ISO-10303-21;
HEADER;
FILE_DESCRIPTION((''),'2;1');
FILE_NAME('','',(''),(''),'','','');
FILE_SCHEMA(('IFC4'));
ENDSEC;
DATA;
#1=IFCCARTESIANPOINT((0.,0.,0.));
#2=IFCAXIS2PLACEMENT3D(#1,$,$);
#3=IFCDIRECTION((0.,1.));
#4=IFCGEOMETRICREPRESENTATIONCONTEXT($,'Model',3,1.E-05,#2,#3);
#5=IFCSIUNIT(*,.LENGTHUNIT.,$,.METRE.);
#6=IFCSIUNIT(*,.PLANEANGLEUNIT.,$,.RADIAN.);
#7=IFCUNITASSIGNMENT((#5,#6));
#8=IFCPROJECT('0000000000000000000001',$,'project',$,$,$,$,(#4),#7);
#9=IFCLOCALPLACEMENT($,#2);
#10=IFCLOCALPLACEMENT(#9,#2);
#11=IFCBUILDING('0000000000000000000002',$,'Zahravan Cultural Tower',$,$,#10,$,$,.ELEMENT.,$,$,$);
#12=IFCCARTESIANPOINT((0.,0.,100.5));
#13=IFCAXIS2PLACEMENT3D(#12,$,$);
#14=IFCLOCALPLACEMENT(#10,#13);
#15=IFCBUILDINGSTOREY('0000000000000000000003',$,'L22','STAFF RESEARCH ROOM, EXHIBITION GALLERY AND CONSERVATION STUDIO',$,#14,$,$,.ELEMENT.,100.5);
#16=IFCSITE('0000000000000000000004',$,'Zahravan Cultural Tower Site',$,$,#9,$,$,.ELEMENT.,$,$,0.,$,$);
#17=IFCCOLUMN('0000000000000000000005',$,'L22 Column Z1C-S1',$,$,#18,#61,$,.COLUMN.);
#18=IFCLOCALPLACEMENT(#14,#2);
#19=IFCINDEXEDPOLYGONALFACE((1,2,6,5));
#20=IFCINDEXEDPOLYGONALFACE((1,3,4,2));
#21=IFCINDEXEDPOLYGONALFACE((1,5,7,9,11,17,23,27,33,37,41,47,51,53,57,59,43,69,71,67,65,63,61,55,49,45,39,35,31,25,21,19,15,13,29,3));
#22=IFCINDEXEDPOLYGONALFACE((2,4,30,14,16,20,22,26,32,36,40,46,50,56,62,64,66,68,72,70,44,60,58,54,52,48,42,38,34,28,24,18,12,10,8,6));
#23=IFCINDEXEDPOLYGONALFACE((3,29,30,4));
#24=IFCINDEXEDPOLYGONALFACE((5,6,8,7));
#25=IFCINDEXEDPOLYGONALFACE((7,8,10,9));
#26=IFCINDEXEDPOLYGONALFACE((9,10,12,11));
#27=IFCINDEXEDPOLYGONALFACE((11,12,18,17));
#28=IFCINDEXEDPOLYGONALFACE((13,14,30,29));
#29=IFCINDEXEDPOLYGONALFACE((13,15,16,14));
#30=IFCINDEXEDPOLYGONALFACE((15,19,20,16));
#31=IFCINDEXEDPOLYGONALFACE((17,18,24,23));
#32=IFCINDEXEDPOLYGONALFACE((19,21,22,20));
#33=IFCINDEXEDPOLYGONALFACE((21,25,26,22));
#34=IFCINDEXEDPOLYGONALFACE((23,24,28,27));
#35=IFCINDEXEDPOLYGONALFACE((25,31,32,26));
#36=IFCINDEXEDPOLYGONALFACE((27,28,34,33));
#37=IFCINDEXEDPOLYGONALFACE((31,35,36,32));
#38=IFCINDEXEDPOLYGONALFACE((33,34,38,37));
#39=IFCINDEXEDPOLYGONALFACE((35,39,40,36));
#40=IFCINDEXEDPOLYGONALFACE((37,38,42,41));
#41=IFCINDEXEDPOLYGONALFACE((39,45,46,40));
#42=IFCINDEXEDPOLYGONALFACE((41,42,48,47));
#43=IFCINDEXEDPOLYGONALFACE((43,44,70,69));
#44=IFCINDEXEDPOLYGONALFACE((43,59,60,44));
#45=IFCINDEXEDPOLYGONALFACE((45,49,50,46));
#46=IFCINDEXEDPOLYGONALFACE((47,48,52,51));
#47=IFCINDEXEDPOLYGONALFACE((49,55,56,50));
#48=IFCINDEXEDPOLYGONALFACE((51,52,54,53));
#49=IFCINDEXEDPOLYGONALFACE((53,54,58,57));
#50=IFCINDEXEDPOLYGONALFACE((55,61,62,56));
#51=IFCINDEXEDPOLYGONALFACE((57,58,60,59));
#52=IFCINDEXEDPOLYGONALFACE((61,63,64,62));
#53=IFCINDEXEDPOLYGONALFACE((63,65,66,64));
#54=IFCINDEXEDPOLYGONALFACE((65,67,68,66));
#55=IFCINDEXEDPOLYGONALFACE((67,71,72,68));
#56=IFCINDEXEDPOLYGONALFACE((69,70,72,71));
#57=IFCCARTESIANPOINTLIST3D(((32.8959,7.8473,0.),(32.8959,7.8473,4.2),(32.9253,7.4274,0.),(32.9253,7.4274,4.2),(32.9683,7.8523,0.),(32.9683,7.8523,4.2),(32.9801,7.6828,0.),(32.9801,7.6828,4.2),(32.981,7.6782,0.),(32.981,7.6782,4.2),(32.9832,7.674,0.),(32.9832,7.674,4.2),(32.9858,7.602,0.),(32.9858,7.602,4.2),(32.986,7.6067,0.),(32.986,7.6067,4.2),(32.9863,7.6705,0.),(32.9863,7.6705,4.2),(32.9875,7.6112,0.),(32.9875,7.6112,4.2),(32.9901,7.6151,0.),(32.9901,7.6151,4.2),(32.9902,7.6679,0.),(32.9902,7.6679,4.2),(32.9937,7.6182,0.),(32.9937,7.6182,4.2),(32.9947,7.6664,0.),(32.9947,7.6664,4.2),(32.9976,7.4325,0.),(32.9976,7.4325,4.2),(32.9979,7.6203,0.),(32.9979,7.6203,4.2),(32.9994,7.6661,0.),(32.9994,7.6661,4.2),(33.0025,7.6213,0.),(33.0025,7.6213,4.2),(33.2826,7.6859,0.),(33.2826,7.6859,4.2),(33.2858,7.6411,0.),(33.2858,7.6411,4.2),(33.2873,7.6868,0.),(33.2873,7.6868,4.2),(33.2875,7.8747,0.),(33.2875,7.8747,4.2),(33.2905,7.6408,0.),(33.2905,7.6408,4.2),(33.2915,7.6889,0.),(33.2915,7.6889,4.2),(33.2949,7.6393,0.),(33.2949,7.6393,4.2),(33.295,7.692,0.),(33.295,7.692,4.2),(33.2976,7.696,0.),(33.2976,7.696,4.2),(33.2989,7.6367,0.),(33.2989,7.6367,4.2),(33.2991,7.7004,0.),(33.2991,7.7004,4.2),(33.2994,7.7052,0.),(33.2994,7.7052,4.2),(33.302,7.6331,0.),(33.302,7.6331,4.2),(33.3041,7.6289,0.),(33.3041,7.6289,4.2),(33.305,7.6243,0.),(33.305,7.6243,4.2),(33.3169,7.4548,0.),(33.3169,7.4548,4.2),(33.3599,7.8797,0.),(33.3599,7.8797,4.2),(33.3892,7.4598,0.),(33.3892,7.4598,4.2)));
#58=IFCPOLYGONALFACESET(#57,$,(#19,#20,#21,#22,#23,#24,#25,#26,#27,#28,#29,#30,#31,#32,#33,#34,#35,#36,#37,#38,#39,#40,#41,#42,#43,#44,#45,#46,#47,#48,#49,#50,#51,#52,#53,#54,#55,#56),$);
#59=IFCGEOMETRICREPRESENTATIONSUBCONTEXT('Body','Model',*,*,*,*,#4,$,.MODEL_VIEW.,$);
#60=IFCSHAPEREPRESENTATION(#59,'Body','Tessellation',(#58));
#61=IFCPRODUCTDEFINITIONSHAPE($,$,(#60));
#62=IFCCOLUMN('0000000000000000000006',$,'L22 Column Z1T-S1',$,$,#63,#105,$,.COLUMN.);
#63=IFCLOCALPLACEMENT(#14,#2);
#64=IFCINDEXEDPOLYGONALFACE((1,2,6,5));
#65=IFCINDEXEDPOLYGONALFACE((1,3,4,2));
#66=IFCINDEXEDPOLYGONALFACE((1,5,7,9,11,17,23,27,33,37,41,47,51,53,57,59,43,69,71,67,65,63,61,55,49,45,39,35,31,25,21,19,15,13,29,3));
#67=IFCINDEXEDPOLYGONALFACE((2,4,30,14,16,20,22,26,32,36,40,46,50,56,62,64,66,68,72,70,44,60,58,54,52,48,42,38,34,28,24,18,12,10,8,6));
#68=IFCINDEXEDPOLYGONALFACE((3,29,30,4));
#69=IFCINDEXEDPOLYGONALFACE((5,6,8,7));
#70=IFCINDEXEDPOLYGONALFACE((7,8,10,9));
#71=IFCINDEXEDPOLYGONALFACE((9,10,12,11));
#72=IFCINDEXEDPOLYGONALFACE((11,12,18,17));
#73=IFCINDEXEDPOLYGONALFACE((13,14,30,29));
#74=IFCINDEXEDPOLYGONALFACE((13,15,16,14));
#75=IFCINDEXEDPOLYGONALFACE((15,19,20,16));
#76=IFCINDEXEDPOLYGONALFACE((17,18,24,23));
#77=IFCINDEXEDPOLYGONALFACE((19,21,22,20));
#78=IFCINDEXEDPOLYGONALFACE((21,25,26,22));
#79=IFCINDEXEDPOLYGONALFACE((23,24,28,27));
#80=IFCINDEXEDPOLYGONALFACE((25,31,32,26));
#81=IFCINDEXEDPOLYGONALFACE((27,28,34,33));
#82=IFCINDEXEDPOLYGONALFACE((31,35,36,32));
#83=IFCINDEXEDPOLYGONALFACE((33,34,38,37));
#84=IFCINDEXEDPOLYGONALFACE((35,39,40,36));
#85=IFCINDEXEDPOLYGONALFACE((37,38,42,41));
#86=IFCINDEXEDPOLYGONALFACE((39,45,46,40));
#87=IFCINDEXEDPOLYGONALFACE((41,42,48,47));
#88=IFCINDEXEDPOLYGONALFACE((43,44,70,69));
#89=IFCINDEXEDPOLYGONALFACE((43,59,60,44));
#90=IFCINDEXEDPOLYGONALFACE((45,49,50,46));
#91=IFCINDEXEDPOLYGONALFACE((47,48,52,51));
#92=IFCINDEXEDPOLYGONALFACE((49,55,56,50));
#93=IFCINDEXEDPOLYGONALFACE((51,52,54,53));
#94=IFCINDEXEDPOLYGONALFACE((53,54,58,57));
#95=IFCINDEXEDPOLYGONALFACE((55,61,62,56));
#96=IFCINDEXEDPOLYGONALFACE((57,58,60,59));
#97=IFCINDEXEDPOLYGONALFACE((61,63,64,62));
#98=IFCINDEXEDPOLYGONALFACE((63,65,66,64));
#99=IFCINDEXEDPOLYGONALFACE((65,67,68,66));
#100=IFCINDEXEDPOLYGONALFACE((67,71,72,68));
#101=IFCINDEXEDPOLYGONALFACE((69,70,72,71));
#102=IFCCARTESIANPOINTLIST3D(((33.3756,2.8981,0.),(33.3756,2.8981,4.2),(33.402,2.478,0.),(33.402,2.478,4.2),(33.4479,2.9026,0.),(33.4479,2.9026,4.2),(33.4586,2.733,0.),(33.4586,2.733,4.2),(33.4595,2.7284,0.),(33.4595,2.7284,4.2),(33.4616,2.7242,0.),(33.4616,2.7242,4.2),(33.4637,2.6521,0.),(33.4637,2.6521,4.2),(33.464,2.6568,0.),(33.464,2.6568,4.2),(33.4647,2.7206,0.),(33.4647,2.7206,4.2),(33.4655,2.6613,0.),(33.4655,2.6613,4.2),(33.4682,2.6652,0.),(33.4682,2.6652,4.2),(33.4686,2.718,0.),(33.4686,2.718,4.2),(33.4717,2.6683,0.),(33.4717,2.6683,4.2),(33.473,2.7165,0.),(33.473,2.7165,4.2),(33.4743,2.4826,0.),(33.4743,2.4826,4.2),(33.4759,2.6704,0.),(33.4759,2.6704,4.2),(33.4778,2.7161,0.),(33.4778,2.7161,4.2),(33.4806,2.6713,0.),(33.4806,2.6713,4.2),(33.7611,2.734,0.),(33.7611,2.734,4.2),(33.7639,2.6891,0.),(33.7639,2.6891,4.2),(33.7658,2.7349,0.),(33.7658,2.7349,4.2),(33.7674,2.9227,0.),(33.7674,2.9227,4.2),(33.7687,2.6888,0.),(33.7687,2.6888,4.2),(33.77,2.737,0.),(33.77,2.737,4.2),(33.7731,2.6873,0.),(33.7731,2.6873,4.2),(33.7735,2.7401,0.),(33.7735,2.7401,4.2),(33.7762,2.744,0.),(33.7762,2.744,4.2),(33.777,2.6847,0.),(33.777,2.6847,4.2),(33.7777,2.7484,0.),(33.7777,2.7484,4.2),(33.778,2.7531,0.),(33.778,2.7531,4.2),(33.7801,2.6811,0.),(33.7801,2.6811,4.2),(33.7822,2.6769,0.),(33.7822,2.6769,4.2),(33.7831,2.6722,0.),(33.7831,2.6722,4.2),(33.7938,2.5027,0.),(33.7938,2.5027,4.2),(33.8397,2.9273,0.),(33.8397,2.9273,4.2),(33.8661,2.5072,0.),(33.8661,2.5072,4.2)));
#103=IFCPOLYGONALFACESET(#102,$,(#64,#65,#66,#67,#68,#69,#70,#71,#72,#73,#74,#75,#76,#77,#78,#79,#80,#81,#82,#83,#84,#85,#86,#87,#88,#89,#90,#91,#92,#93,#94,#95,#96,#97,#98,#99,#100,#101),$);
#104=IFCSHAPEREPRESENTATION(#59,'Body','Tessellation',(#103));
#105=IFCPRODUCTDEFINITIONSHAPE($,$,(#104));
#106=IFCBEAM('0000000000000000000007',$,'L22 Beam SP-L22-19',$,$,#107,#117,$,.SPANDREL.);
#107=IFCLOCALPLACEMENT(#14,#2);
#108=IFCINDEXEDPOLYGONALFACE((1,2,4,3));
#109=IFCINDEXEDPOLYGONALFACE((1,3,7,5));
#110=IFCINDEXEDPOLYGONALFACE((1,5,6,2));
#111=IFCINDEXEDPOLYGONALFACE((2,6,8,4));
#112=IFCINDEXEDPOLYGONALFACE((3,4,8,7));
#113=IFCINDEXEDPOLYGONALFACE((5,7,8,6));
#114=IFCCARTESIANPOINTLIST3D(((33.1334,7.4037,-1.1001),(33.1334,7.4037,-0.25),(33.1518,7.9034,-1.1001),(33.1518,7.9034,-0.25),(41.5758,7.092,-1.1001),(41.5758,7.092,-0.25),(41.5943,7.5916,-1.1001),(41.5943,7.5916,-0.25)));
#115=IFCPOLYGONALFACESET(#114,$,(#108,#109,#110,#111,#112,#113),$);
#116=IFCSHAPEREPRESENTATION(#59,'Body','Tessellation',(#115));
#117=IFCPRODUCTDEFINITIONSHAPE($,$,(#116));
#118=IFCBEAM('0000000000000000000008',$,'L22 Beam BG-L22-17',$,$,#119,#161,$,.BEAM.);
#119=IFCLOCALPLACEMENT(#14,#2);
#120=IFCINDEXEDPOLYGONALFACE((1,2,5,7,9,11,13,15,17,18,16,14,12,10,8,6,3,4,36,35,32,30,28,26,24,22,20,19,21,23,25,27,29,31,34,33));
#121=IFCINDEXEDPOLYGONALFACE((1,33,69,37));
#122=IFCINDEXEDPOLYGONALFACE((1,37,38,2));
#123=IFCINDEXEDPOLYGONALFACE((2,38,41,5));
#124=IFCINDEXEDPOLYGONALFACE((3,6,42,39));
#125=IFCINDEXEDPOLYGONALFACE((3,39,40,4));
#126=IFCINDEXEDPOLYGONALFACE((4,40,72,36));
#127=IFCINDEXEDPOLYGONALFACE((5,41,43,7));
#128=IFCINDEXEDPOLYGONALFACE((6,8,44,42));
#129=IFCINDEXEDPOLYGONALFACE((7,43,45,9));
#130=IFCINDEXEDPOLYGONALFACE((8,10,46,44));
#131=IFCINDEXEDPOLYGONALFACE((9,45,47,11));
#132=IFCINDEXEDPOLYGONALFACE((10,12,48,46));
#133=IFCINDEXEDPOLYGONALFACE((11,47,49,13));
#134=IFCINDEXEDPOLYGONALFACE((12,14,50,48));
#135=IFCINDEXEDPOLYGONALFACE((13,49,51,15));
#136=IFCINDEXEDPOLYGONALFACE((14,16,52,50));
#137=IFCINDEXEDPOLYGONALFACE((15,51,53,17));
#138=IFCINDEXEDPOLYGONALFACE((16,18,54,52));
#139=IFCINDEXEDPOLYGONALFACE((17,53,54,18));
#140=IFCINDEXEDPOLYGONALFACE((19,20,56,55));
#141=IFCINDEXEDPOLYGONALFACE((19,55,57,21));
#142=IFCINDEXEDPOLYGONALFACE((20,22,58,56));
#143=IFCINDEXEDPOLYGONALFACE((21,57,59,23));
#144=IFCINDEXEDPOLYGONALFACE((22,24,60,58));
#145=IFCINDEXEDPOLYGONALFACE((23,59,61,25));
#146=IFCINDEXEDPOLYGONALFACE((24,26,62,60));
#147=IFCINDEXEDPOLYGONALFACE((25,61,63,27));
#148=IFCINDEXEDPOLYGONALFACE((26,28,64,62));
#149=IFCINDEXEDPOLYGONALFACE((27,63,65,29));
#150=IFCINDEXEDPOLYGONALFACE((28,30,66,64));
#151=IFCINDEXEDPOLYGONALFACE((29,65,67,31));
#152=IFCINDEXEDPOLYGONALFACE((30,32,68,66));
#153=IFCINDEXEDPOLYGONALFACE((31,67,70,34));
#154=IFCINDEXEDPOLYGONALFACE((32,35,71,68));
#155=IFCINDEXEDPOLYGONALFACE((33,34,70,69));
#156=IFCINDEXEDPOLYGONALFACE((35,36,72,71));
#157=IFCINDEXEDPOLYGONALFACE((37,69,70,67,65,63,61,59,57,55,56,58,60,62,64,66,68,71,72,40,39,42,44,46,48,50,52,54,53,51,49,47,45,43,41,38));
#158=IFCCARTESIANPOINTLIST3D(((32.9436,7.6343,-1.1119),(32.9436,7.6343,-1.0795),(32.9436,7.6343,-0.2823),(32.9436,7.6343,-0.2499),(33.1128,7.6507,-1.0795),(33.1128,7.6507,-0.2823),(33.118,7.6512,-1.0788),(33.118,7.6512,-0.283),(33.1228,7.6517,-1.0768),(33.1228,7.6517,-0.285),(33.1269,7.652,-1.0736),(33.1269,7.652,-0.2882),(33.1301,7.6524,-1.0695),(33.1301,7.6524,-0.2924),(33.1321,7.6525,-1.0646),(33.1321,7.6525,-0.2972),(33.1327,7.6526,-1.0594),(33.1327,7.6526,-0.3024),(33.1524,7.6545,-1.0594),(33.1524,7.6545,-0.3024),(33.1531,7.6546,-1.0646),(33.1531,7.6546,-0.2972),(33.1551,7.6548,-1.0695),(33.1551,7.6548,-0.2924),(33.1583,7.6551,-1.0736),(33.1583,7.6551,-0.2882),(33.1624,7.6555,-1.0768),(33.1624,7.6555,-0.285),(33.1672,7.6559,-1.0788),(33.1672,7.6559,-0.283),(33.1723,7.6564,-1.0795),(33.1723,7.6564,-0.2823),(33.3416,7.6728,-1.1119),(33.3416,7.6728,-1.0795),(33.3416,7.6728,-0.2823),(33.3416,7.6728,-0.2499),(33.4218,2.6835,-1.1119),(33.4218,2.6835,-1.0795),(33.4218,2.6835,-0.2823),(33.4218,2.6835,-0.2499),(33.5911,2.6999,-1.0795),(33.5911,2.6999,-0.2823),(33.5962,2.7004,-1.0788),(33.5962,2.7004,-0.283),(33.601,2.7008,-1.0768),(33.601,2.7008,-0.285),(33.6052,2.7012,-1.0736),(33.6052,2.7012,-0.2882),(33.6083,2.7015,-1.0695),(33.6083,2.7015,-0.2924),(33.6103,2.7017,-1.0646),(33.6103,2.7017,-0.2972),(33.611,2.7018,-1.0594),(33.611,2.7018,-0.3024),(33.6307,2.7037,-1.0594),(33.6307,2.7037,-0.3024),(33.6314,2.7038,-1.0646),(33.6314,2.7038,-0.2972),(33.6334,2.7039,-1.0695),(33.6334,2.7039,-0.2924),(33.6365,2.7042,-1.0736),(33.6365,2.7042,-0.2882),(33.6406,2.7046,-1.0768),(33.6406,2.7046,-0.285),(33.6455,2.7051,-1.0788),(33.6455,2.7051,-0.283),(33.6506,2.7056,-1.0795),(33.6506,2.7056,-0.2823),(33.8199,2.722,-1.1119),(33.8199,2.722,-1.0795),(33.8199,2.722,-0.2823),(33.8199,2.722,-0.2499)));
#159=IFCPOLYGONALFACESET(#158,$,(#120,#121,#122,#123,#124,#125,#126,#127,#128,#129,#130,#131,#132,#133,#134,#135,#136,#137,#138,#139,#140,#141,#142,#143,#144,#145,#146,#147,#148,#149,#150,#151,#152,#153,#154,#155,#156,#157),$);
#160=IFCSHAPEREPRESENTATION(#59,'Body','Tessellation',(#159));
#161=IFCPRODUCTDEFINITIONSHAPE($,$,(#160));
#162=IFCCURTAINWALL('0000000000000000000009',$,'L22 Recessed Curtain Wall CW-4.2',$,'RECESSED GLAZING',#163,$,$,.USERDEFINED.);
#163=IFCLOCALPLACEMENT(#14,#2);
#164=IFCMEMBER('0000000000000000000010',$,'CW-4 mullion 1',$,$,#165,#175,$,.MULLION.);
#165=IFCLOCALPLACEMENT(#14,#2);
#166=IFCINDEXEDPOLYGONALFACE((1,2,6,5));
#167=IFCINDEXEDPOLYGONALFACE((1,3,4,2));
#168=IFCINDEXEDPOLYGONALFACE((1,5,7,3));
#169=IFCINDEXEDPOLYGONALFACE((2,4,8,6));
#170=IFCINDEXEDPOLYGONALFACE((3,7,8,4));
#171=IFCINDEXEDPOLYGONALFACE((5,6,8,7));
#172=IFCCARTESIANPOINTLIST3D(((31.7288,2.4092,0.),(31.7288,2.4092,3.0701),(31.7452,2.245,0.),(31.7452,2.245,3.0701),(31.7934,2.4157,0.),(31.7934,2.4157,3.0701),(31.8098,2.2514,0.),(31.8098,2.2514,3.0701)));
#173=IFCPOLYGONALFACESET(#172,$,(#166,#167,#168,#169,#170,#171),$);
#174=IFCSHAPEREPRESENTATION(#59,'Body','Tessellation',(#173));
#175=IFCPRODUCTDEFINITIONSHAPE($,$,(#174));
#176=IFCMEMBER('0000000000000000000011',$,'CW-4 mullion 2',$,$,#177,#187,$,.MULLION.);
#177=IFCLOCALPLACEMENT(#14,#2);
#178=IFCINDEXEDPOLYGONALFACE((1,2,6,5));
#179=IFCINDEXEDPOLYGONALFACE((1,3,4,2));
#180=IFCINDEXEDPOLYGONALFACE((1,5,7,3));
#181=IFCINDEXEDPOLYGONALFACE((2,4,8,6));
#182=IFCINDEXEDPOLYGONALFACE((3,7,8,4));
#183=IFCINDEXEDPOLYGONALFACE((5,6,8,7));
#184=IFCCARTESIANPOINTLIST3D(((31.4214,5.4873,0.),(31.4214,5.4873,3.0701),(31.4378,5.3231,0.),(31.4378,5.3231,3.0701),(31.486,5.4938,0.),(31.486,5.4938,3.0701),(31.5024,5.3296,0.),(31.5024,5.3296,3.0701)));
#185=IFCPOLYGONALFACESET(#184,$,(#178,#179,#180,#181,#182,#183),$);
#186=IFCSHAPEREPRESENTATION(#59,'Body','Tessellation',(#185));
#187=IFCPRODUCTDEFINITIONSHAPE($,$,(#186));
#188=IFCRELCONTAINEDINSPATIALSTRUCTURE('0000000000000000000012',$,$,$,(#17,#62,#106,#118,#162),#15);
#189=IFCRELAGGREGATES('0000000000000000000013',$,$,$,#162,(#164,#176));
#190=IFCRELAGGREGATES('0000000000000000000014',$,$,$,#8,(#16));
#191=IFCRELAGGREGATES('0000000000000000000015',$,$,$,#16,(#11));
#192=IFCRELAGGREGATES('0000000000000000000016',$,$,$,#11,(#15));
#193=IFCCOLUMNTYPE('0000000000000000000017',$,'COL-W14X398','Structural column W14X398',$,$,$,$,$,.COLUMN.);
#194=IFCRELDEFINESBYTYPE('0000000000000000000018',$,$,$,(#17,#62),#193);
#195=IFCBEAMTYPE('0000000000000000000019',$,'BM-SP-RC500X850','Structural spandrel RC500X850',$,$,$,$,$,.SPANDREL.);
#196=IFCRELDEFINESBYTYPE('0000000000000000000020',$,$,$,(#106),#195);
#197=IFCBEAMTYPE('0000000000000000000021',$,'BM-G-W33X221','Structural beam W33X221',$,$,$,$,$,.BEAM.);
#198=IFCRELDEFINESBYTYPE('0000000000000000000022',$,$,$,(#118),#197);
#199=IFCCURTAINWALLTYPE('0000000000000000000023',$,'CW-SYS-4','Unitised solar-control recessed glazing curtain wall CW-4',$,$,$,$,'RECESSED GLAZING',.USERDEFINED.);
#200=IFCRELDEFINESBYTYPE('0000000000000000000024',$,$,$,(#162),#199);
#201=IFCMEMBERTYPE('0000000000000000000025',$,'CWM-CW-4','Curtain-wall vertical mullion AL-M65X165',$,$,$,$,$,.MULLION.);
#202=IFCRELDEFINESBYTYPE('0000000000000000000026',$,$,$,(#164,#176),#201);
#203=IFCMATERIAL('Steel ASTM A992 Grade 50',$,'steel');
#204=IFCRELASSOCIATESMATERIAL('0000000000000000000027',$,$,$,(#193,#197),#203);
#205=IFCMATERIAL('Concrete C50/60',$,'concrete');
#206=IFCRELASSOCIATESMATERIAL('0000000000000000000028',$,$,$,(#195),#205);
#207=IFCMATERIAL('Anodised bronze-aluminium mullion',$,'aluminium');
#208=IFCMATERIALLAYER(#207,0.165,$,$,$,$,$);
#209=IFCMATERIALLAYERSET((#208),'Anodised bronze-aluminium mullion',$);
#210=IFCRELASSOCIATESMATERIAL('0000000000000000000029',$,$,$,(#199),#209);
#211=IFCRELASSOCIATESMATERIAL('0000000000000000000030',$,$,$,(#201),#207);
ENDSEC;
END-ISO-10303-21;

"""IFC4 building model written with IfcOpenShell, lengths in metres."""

from ifc_helpers import new_model, si_unit, direction, frame, origin, origin_2d, place, context, subcontext, project, spatial, rectangle, i_section, extrude, source, transform, mapped, material, layer, layer_set, material_profile, profile_set, type_object, element, aggregate, save


model = new_model("IFC4")

# Units and contexts
model_context = context("Model", 3, precision=1e-05, world=origin(), true_north=direction((0.0, 1.0)))
body_context = subcontext(model_context, "Body", "Model", "MODEL_VIEW")
ifc_project = project(units=[si_unit("LENGTHUNIT", "METRE"), si_unit("PLANEANGLEUNIT", "RADIAN")], contexts=[model_context])

# Site, building, storey
site_placement = place(None, origin())
site = spatial("IfcSite", under=ifc_project, at=site_placement, Name="Zahravan Cultural Tower Site", CompositionType="ELEMENT", RefElevation=0.0)
building_placement = place(site_placement, origin())
building = spatial("IfcBuilding", under=site, at=building_placement, Name="Zahravan Cultural Tower", CompositionType="ELEMENT")
storey_placement = place(building_placement, frame((0.0, 0.0, 100.5)))
storey = spatial("IfcBuildingStorey", under=building, at=storey_placement, Name="L22", Description="STAFF RESEARCH ROOM, EXHIBITION GALLERY AND CONSERVATION STUDIO", CompositionType="ELEMENT", Elevation=100.5)

# Columns
ifc_material_1 = material(Name="Steel ASTM A992 Grade 50", Category="steel")
ifc_material_profile_1 = material_profile(ifc_material_1, i_section(OverallWidth=0.4209, OverallDepth=0.4651, WebThickness=0.0449, FlangeThickness=0.0725, FilletRadius=0.0181, at=origin_2d()), Name="W14X398")
ifc_profile_set_1 = profile_set([ifc_material_profile_1], Name="Steel ASTM A992 Grade 50")
column_type = type_object("IfcColumnType", Name="COL-W14X398", Description="Structural column W14X398", PredefinedType="COLUMN", material=ifc_profile_set_1)
shared_shape_1 = source(origin(), body_context, "Body", "SweptSolid", [
    extrude(i_section(OverallWidth=0.4209, OverallDepth=0.4651, WebThickness=0.0449, FlangeThickness=0.0725, FilletRadius=0.0181, at=origin_2d()), origin(), (0.0, 0.0, 1.0), 4.2),
])
for number, where, z_axis, x_axis, name in (
    (1, (33.1426, 7.6536, 0.0), (0.0, 0.0, 1.0), (-0.069756, 0.997564, 0.0), "L22 Column Z1C-S1"),
    (2, (33.6208, 2.7026, 0.0), (0.0, 0.0, 1.0), (-0.062791, 0.998027, 0.0), "L22 Column Z1T-S1"),
):
    element("IfcColumn", number, at=place(storey_placement, frame(where, z_axis=z_axis, x_axis=x_axis)), inside=storey, type_object=column_type, Name=name, PredefinedType="COLUMN", context=body_context, shape_type="MappedRepresentation", body=[
        mapped(shared_shape_1, transform((0.0, 0.0, 0.0), x_axis=(1.0, 0.0, 0.0), y_axis=(0.0, 1.0, 0.0), z_axis=(0.0, 0.0, 1.0), scale=1.0)),
    ])

# Beams
ifc_material_2 = material(Name="Concrete C50/60", Category="concrete")
ifc_material_profile_2 = material_profile(ifc_material_2, rectangle(XDim=0.5, YDim=0.8501, at=origin_2d()), Name="RC500X850")
ifc_profile_set_2 = profile_set([ifc_material_profile_2], Name="Concrete C50/60")
beam_type_1 = type_object("IfcBeamType", Name="BM-SP-RC500X850", Description="Structural spandrel RC500X850", PredefinedType="SPANDREL", material=ifc_profile_set_2)
shared_shape_2 = source(origin(), body_context, "Body", "SweptSolid", [
    extrude(rectangle(XDim=0.5, YDim=0.8501, at=origin_2d()), origin(), (0.0, 0.0, 1.0), 8.4482),
])
beam_1_placement = place(storey_placement, frame((33.1426, 7.6536, -0.675), z_axis=(0.999319, -0.036904, 0.0), x_axis=(0.036904, 0.999319, 0.0)))
element("IfcBeam", 3, at=beam_1_placement, inside=storey, type_object=beam_type_1, Name="L22 Beam SP-L22-19", PredefinedType="SPANDREL", context=body_context, shape_type="MappedRepresentation", body=[
    mapped(shared_shape_2, transform((0.0, 0.0, 0.0), x_axis=(1.0, 0.0, 0.0), y_axis=(0.0, 1.0, 0.0), z_axis=(0.0, 0.0, 1.0), scale=1.0)),
])
ifc_material_profile_3 = material_profile(ifc_material_1, i_section(OverallWidth=0.3999, OverallDepth=0.8621, WebThickness=0.0198, FlangeThickness=0.0325, FilletRadius=0.02, at=origin_2d()), Name="W33X221")
ifc_profile_set_3 = profile_set([ifc_material_profile_3], Name="Steel ASTM A992 Grade 50")
beam_type_2 = type_object("IfcBeamType", Name="BM-G-W33X221", Description="Structural beam W33X221", PredefinedType="BEAM", material=ifc_profile_set_3)
shared_shape_3 = source(origin(), body_context, "Body", "SweptSolid", [
    extrude(i_section(OverallWidth=0.3999, OverallDepth=0.8621, WebThickness=0.0198, FlangeThickness=0.0325, FilletRadius=0.02, at=origin_2d()), origin(), (0.0, 0.0, 1.0), 4.9739),
])
beam_2_placement = place(storey_placement, frame((33.1426, 7.6536, -0.6809), z_axis=(0.096155, -0.995366, 0.0), x_axis=(0.995366, 0.096155, 0.0)))
element("IfcBeam", 4, at=beam_2_placement, inside=storey, type_object=beam_type_2, Name="L22 Beam BG-L22-17", PredefinedType="BEAM", context=body_context, shape_type="MappedRepresentation", body=[
    mapped(shared_shape_3, transform((0.0, 0.0, 0.0), x_axis=(1.0, 0.0, 0.0), y_axis=(0.0, 1.0, 0.0), z_axis=(0.0, 0.0, 1.0), scale=1.0)),
])

# Curtain wall, members
ifc_material_3 = material(Name="Anodised bronze-aluminium mullion", Category="aluminium")
ifc_layer_1 = layer(ifc_material_3, 0.165)
ifc_layer_set_1 = layer_set([ifc_layer_1], Name="Anodised bronze-aluminium mullion")
curtain_wall_type = type_object("IfcCurtainWallType", Name="CW-SYS-4", Description="Unitised solar-control recessed glazing curtain wall CW-4", ElementType="RECESSED GLAZING", PredefinedType="USERDEFINED", material=ifc_layer_set_1)
curtain_wall_placement = place(storey_placement, origin())
curtain_wall = element("IfcCurtainWall", 5, at=curtain_wall_placement, inside=storey, type_object=curtain_wall_type, Name="L22 Recessed Curtain Wall CW-4.2", ObjectType="RECESSED GLAZING", PredefinedType="USERDEFINED")
ifc_material_profile_4 = material_profile(ifc_material_3, rectangle(XDim=0.0649, YDim=0.165, at=origin_2d()), Name="AL-M65X165")
ifc_profile_set_4 = profile_set([ifc_material_profile_4], Name="Anodised bronze-aluminium mullion")
member_type_1 = type_object("IfcMemberType", Name="CWM-CW-4", Description="Curtain-wall vertical mullion AL-M65X165", PredefinedType="MULLION", material=ifc_profile_set_4)
shared_shape_4 = source(origin(), body_context, "Body", "SweptSolid", [
    extrude(rectangle(XDim=0.0649, YDim=0.165, at=origin_2d()), origin(), (0.0, 0.0, 1.0), 3.0701),
])
member_1_placement = place(storey_placement, frame((31.7693, 2.3303, 0.0), z_axis=(0.0, 0.0, 1.0), x_axis=(-0.995055, -0.099322, 0.0)))
member_1 = element("IfcMember", 6, at=member_1_placement, type_object=member_type_1, Name="CW-4 mullion 1", PredefinedType="MULLION", context=body_context, shape_type="MappedRepresentation", body=[
    mapped(shared_shape_4, transform((0.0, 0.0, 0.0), x_axis=(1.0, 0.0, 0.0), y_axis=(0.0, 1.0, 0.0), z_axis=(0.0, 0.0, 1.0), scale=1.0)),
])
member_2_placement = place(storey_placement, frame((31.4619, 5.4084, 0.0), z_axis=(0.0, 0.0, 1.0), x_axis=(-0.995055, -0.099322, 0.0)))
member_2 = element("IfcMember", 7, at=member_2_placement, type_object=member_type_1, Name="CW-4 mullion 2", PredefinedType="MULLION", context=body_context, shape_type="MappedRepresentation", body=[
    mapped(shared_shape_4, transform((0.0, 0.0, 0.0), x_axis=(1.0, 0.0, 0.0), y_axis=(0.0, 1.0, 0.0), z_axis=(0.0, 0.0, 1.0), scale=1.0)),
])
aggregate(curtain_wall, [member_1, member_2])

save(model, "model.ifc")
